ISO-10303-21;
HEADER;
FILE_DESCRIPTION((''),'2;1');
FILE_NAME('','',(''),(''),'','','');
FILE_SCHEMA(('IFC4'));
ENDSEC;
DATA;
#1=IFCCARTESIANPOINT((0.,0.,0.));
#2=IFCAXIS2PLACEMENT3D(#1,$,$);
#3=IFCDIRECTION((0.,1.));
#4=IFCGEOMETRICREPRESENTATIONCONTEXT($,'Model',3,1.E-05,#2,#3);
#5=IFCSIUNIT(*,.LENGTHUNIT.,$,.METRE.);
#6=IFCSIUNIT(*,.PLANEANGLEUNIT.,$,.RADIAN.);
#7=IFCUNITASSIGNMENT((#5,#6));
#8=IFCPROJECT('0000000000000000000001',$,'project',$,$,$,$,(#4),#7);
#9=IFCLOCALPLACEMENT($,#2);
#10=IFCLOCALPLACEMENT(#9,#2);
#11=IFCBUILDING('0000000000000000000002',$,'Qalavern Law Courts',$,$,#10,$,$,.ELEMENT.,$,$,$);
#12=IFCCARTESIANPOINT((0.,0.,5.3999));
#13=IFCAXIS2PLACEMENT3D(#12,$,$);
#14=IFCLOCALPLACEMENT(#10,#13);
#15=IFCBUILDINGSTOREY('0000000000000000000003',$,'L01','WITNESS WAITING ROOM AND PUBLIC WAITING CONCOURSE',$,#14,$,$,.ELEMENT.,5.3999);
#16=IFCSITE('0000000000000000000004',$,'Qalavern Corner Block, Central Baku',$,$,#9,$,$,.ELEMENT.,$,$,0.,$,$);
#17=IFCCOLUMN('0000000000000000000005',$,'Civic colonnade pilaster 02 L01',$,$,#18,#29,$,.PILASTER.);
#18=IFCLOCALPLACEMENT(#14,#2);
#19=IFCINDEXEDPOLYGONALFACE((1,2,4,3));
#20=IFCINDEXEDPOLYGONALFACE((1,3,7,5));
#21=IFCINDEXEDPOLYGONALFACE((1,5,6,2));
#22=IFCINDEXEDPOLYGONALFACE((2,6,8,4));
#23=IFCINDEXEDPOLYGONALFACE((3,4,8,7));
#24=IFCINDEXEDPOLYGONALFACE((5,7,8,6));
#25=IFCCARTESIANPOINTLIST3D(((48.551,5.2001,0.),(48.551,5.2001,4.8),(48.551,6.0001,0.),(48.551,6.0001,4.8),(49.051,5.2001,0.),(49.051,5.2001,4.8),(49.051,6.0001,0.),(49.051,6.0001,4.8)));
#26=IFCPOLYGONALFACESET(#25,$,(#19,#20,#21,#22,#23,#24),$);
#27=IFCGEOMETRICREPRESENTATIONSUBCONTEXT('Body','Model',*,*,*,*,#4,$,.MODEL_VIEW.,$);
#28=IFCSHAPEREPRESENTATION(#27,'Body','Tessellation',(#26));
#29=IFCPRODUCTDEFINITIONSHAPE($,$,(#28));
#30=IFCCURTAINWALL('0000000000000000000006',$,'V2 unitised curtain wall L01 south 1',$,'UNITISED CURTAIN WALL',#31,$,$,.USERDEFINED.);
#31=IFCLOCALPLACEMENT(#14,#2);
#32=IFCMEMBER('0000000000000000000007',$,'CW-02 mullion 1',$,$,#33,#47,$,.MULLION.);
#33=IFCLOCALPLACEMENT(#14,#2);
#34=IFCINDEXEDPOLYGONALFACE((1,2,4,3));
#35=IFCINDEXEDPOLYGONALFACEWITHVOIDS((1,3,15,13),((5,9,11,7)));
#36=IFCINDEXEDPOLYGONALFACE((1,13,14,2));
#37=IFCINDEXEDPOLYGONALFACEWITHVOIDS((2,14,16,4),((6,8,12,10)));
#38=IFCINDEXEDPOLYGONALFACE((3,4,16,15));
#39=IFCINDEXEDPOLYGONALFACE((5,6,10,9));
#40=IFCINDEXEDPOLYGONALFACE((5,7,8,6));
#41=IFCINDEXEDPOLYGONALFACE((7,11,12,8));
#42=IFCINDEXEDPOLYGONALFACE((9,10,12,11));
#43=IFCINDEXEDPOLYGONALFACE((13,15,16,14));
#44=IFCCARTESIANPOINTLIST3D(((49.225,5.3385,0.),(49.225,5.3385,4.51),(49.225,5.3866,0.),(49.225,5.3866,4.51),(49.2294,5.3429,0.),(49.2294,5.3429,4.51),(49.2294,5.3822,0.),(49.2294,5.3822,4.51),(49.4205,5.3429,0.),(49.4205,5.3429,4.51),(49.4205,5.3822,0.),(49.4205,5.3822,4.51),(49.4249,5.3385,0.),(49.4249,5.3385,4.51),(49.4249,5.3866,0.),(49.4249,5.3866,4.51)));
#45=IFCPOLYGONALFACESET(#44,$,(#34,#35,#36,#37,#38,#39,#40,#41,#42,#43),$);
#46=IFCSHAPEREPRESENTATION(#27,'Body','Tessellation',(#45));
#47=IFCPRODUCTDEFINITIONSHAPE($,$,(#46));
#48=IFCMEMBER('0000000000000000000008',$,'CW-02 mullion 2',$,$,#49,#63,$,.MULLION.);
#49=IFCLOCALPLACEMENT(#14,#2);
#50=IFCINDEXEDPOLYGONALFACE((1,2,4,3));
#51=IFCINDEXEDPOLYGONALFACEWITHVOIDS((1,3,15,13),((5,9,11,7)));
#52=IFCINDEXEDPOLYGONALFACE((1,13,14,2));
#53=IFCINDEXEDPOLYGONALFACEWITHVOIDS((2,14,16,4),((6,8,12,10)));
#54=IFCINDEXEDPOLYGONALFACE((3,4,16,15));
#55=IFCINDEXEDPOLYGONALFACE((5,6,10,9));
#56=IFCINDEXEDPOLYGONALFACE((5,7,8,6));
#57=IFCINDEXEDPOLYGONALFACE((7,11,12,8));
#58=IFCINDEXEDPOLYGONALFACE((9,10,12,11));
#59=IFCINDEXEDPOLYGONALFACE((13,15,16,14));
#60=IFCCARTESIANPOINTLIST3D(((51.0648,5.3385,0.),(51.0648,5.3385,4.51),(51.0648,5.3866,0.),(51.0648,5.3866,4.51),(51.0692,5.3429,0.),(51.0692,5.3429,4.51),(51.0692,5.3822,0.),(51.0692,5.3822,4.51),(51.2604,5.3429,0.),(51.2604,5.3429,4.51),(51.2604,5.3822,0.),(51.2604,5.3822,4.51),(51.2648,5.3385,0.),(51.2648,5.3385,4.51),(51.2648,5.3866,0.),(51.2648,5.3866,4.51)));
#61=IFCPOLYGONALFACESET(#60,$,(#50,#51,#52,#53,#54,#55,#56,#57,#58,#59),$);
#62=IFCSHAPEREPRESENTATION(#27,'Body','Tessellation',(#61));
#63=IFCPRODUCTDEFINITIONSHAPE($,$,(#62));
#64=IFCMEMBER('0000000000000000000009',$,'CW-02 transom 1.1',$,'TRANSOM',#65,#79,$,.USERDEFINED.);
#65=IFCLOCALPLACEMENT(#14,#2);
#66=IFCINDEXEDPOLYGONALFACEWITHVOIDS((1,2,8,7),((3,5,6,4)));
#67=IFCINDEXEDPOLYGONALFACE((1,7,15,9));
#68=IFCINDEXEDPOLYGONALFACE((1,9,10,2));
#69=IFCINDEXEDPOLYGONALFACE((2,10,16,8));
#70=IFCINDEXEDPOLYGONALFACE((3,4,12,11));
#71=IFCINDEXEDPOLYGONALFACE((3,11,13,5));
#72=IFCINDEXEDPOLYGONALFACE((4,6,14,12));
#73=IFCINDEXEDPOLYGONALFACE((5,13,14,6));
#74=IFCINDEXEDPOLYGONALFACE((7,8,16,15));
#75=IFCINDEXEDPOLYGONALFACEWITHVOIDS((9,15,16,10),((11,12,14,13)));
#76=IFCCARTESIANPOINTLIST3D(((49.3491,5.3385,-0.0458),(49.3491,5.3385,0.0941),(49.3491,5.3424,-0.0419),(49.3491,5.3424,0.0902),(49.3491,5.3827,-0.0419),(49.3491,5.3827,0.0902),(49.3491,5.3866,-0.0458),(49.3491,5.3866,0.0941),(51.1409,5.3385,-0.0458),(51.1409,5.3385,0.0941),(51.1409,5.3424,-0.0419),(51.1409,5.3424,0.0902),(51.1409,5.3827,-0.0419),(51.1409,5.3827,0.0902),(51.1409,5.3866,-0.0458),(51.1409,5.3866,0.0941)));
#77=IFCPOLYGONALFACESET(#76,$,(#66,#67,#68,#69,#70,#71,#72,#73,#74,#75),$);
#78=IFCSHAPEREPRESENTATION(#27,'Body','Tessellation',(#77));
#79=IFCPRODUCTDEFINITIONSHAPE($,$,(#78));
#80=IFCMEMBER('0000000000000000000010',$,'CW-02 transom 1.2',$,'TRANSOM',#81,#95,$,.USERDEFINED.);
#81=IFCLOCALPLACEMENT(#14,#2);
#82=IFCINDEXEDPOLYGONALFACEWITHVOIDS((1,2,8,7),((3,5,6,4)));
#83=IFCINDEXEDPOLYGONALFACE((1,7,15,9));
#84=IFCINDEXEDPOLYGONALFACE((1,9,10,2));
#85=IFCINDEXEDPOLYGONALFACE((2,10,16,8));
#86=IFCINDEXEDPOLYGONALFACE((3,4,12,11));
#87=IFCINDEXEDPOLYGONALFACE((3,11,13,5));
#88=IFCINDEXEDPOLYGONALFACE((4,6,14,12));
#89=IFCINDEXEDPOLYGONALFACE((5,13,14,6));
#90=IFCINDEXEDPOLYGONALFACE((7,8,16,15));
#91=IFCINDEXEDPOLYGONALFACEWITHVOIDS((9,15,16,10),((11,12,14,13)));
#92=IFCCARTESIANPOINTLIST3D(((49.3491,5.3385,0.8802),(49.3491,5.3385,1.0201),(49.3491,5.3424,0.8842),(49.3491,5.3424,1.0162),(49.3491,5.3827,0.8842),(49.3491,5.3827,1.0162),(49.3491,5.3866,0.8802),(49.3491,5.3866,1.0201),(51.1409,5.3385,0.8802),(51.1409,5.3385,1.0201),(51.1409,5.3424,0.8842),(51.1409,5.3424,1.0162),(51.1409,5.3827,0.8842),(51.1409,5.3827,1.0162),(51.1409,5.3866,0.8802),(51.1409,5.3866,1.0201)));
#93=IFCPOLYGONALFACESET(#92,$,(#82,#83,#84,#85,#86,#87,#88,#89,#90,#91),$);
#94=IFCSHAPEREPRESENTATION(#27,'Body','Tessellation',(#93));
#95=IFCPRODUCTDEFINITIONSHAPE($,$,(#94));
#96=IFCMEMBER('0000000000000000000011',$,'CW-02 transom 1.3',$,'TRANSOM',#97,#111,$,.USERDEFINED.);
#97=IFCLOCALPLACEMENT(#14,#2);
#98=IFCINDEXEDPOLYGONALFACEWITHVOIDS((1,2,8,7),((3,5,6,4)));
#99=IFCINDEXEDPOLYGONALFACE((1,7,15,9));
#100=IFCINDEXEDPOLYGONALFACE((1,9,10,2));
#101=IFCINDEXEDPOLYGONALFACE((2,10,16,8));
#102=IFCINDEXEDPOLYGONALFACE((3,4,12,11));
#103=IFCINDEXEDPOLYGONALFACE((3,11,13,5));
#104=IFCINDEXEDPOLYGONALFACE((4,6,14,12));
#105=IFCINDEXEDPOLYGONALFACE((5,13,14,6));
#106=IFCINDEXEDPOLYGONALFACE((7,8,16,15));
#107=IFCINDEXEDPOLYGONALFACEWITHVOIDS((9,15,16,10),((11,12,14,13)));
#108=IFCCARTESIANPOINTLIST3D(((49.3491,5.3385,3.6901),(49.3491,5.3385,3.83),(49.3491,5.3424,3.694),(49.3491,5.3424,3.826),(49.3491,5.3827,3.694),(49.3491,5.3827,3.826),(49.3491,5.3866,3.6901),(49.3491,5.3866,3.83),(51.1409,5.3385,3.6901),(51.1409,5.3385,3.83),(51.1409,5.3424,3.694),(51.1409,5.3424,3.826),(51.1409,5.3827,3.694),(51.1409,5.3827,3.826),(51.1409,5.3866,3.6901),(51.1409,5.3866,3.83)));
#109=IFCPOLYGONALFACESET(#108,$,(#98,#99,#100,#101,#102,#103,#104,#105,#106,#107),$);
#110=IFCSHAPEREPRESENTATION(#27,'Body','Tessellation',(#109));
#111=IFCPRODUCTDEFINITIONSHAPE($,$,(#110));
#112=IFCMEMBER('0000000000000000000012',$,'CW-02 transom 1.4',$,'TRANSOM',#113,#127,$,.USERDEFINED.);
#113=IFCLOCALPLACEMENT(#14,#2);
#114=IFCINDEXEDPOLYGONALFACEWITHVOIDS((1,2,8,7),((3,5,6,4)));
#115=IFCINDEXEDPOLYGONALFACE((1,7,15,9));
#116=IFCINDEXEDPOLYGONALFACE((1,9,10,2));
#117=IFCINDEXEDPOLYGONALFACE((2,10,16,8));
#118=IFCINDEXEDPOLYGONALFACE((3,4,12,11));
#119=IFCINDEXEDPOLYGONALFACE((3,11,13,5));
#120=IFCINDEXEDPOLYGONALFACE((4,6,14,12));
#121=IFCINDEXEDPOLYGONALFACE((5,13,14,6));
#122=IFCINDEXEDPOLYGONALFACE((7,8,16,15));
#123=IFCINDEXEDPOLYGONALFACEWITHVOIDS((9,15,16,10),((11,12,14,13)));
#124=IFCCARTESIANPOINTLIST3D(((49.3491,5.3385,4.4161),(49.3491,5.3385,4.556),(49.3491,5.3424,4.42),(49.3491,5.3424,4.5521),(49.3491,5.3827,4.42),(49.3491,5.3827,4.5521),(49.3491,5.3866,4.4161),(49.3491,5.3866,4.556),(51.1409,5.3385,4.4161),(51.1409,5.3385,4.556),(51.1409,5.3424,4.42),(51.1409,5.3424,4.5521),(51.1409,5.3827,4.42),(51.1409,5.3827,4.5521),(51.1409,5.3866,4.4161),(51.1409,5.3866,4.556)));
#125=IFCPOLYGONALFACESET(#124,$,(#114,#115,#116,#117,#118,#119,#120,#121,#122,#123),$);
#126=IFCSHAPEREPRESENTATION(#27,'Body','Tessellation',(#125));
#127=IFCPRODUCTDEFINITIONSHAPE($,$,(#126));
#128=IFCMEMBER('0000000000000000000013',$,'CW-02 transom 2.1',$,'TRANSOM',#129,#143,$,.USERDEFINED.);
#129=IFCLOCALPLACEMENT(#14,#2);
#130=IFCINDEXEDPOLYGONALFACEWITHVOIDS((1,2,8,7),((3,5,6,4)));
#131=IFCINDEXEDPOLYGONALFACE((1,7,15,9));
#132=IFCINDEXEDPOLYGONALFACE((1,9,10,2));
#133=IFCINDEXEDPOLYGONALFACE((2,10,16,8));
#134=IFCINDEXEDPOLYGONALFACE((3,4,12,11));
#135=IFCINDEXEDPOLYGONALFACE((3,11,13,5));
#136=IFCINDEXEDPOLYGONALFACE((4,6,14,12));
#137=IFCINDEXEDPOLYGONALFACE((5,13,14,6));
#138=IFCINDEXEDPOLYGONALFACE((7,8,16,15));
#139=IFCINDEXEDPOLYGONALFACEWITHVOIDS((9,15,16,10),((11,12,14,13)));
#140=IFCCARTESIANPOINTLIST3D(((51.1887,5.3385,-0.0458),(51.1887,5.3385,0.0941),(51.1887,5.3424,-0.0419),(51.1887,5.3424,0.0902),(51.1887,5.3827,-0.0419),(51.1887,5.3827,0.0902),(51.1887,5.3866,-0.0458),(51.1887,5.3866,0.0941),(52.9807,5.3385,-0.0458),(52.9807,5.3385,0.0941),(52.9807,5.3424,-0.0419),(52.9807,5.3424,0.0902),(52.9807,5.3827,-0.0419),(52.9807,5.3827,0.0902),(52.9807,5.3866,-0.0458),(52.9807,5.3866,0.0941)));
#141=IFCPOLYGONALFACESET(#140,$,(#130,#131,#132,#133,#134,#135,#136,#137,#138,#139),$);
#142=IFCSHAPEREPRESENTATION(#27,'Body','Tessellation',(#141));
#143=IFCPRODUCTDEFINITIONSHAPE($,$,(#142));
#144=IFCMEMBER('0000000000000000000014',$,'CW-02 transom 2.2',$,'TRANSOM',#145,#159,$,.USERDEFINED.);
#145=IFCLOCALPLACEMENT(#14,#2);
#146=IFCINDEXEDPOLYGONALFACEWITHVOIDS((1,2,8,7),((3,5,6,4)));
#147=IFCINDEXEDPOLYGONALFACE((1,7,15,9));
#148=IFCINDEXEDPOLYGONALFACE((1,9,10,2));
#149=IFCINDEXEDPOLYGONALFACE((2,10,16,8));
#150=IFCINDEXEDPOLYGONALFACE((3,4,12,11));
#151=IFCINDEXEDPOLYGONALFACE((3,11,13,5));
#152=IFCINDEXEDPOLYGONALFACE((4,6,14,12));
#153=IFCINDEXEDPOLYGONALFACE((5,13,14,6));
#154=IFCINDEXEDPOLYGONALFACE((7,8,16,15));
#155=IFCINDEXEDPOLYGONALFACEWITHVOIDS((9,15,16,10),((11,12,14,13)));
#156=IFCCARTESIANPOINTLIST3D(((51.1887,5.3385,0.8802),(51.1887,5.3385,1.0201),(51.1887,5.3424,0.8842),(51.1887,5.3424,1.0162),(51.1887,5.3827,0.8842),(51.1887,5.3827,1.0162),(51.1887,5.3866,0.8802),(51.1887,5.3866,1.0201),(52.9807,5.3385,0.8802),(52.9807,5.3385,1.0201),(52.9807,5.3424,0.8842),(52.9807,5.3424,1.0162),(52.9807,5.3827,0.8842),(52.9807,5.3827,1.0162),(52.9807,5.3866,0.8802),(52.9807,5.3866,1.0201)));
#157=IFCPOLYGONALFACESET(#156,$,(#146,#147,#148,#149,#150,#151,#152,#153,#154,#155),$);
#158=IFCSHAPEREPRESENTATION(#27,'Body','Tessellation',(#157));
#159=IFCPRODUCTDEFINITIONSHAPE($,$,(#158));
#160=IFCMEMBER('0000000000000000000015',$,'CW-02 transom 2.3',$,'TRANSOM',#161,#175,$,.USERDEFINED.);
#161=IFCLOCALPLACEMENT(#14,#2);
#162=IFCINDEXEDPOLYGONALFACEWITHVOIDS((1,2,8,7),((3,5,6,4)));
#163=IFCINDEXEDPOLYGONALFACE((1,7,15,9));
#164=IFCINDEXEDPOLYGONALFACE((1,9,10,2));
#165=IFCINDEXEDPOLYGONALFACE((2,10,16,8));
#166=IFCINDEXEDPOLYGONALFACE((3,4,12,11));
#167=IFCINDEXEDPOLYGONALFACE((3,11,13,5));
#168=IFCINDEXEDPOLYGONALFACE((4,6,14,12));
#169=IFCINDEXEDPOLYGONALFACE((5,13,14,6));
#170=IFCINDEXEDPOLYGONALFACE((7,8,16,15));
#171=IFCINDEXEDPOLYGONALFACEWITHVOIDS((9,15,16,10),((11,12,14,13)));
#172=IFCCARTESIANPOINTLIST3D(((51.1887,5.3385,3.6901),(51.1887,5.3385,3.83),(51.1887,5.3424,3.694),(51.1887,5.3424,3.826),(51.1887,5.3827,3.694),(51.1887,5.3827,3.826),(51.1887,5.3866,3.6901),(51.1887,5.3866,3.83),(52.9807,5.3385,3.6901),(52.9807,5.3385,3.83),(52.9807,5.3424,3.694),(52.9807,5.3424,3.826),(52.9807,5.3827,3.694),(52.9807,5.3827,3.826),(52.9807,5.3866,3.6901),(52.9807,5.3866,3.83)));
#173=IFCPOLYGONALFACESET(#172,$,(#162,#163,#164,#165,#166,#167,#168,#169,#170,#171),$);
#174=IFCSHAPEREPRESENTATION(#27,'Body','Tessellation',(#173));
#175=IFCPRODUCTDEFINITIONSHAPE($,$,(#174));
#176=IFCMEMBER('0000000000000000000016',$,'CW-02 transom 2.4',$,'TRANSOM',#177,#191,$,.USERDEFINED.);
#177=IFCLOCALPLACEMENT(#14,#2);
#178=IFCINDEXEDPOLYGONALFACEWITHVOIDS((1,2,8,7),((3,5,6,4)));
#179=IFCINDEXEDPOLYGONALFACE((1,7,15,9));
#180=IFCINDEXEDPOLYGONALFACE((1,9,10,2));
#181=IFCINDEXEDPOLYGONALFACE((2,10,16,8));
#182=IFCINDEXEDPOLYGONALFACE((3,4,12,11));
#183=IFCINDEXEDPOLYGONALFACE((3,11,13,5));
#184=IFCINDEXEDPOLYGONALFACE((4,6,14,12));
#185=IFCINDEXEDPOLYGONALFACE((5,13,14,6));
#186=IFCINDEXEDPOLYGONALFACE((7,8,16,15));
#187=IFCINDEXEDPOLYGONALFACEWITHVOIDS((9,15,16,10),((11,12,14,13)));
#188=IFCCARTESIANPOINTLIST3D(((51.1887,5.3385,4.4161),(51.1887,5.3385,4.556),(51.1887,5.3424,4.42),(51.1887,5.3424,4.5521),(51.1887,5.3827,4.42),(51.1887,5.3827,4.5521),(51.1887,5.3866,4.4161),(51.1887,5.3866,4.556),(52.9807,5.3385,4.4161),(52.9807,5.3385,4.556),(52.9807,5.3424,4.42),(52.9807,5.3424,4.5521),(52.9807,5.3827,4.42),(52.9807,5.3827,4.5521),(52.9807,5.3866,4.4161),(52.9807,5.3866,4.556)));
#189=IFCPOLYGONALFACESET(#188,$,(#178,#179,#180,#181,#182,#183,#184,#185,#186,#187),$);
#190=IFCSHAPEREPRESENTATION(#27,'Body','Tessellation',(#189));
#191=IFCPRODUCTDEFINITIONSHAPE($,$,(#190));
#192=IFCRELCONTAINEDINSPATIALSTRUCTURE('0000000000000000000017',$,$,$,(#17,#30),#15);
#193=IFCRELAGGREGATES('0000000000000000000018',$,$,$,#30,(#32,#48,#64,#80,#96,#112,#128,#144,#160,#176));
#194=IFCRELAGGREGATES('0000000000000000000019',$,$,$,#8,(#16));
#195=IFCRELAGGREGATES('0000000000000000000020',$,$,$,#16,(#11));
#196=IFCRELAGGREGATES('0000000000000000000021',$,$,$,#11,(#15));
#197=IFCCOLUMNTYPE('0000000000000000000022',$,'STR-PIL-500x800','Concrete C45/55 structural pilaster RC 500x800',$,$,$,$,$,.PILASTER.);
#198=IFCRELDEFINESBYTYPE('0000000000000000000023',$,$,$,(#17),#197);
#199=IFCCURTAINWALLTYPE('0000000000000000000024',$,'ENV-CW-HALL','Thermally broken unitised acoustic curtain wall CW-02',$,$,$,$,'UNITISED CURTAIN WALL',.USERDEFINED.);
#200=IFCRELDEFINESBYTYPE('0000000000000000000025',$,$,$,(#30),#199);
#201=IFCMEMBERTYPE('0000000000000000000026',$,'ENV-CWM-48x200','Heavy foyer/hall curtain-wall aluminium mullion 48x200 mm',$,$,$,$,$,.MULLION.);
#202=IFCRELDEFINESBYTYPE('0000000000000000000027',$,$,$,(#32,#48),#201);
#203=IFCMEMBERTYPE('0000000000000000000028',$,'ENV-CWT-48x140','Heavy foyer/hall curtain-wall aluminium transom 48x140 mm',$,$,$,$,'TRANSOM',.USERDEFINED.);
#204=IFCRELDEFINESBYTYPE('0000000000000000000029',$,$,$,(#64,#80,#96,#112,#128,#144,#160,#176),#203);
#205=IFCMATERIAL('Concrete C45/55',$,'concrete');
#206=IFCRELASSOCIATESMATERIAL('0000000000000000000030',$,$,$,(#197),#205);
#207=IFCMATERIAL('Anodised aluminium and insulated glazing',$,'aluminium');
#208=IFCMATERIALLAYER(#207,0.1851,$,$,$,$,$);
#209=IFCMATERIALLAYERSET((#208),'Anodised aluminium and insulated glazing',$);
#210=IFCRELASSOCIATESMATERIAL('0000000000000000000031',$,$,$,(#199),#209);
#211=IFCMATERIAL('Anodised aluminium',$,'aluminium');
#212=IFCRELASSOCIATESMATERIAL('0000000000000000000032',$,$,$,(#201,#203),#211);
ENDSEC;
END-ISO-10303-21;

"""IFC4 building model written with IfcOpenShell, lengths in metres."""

from ifc_helpers import new_model, si_unit, direction, frame, origin, origin_2d, place, context, subcontext, project, spatial, rectangle, hollow_rectangle, extrude, material, layer, layer_set, material_profile, profile_set, type_object, element, aggregate, save


model = new_model("IFC4")

# Units and contexts
model_context = context("Model", 3, precision=1e-05, world=origin(), true_north=direction((0.0, 1.0)))
body_context = subcontext(model_context, "Body", "Model", "MODEL_VIEW")
ifc_project = project(units=[si_unit("LENGTHUNIT", "METRE"), si_unit("PLANEANGLEUNIT", "RADIAN")], contexts=[model_context])

# Site, building, storey
site_placement = place(None, origin())
site = spatial("IfcSite", under=ifc_project, at=site_placement, Name="Qalavern Corner Block, Central Baku", CompositionType="ELEMENT", RefElevation=0.0)
building_placement = place(site_placement, origin())
building = spatial("IfcBuilding", under=site, at=building_placement, Name="Qalavern Law Courts", CompositionType="ELEMENT")
storey_placement = place(building_placement, frame((0.0, 0.0, 5.3999)))
storey = spatial("IfcBuildingStorey", under=building, at=storey_placement, Name="L01", Description="WITNESS WAITING ROOM AND PUBLIC WAITING CONCOURSE", CompositionType="ELEMENT", Elevation=5.3999)

# Column
ifc_material_1 = material(Name="Concrete C45/55", Category="concrete")
ifc_material_profile_1 = material_profile(ifc_material_1, rectangle(XDim=0.5, YDim=0.8, at=origin_2d()), Name="RC 500x800")
ifc_profile_set_1 = profile_set([ifc_material_profile_1], Name="Concrete C45/55")
column_type = type_object("IfcColumnType", Name="STR-PIL-500x800", Description="Concrete C45/55 structural pilaster RC 500x800", PredefinedType="PILASTER", material=ifc_profile_set_1)
column_placement = place(storey_placement, frame((48.801, 5.6001, 0.0), z_axis=(0.0, 0.0, 1.0), x_axis=(1.0, 0.0, 0.0)))
element("IfcColumn", 1, at=column_placement, inside=storey, type_object=column_type, Name="Civic colonnade pilaster 02 L01", PredefinedType="PILASTER", context=body_context, shape_type="SweptSolid", body=[
    extrude(rectangle(XDim=0.5, YDim=0.8, at=origin_2d()), origin(), (0.0, 0.0, 1.0), 4.8),
])

# Curtain wall, members
ifc_material_2 = material(Name="Anodised aluminium and insulated glazing", Category="aluminium")
ifc_layer_1 = layer(ifc_material_2, 0.1851)
ifc_layer_set_1 = layer_set([ifc_layer_1], Name="Anodised aluminium and insulated glazing")
curtain_wall_type = type_object("IfcCurtainWallType", Name="ENV-CW-HALL", Description="Thermally broken unitised acoustic curtain wall CW-02", ElementType="UNITISED CURTAIN WALL", PredefinedType="USERDEFINED", material=ifc_layer_set_1)
curtain_wall_placement = place(storey_placement, origin())
curtain_wall = element("IfcCurtainWall", 2, at=curtain_wall_placement, inside=storey, type_object=curtain_wall_type, Name="V2 unitised curtain wall L01 south 1", ObjectType="UNITISED CURTAIN WALL", PredefinedType="USERDEFINED")
ifc_material_3 = material(Name="Anodised aluminium", Category="aluminium")
ifc_material_profile_2 = material_profile(ifc_material_3, hollow_rectangle(XDim=0.0481, YDim=0.2, WallThickness=0.0044, at=origin_2d()), Name="ALU MULLION 48x200")
ifc_profile_set_2 = profile_set([ifc_material_profile_2], Name="Anodised aluminium")
member_type_1 = type_object("IfcMemberType", Name="ENV-CWM-48x200", Description="Heavy foyer/hall curtain-wall aluminium mullion 48x200 mm", PredefinedType="MULLION", material=ifc_profile_set_2)
member_1_placement = place(storey_placement, frame((49.325, 5.3625, 0.0), z_axis=(0.0, 0.0, 1.0), x_axis=(0.0, 1.0, 0.0)))
member_1 = element("IfcMember", 3, at=member_1_placement, type_object=member_type_1, Name="CW-02 mullion 1", PredefinedType="MULLION", context=body_context, shape_type="SweptSolid", body=[
    extrude(hollow_rectangle(XDim=0.0481, YDim=0.2, WallThickness=0.0044, at=origin_2d()), origin(), (0.0, 0.0, 1.0), 4.51),
])
member_2_placement = place(storey_placement, frame((51.1648, 5.3625, 0.0), z_axis=(0.0, 0.0, 1.0), x_axis=(0.0, 1.0, 0.0)))
member_2 = element("IfcMember", 4, at=member_2_placement, type_object=member_type_1, Name="CW-02 mullion 2", PredefinedType="MULLION", context=body_context, shape_type="SweptSolid", body=[
    extrude(hollow_rectangle(XDim=0.0481, YDim=0.2, WallThickness=0.0044, at=origin_2d()), origin(), (0.0, 0.0, 1.0), 4.51),
])
ifc_material_profile_3 = material_profile(ifc_material_3, hollow_rectangle(XDim=0.0481, YDim=0.1399, WallThickness=0.0039, at=origin_2d()), Name="ALU TRANSOM 48x140")
ifc_profile_set_3 = profile_set([ifc_material_profile_3], Name="Anodised aluminium")
member_type_2 = type_object("IfcMemberType", Name="ENV-CWT-48x140", Description="Heavy foyer/hall curtain-wall aluminium transom 48x140 mm", ElementType="TRANSOM", PredefinedType="USERDEFINED", material=ifc_profile_set_3)
member_3_placement = place(storey_placement, frame((49.3491, 5.3625, 0.0242), z_axis=(1.0, 0.0, 0.0), x_axis=(0.0, 1.0, 0.0)))
member_3 = element("IfcMember", 5, at=member_3_placement, type_object=member_type_2, Name="CW-02 transom 1.1", ObjectType="TRANSOM", PredefinedType="USERDEFINED", context=body_context, shape_type="SweptSolid", body=[
    extrude(hollow_rectangle(XDim=0.0481, YDim=0.1399, WallThickness=0.0039, at=origin_2d()), origin(), (0.0, 0.0, 1.0), 1.7917),
])
member_4_placement = place(storey_placement, frame((49.3491, 5.3625, 0.9502), z_axis=(1.0, 0.0, 0.0), x_axis=(0.0, 1.0, 0.0)))
member_4 = element("IfcMember", 6, at=member_4_placement, type_object=member_type_2, Name="CW-02 transom 1.2", ObjectType="TRANSOM", PredefinedType="USERDEFINED", context=body_context, shape_type="SweptSolid", body=[
    extrude(hollow_rectangle(XDim=0.0481, YDim=0.1399, WallThickness=0.0039, at=origin_2d()), origin(), (0.0, 0.0, 1.0), 1.7917),
])
member_5_placement = place(storey_placement, frame((49.3491, 5.3625, 3.76), z_axis=(1.0, 0.0, 0.0), x_axis=(0.0, 1.0, 0.0)))
member_5 = element("IfcMember", 7, at=member_5_placement, type_object=member_type_2, Name="CW-02 transom 1.3", ObjectType="TRANSOM", PredefinedType="USERDEFINED", context=body_context, shape_type="SweptSolid", body=[
    extrude(hollow_rectangle(XDim=0.0481, YDim=0.1399, WallThickness=0.0039, at=origin_2d()), origin(), (0.0, 0.0, 1.0), 1.7917),
])
member_6_placement = place(storey_placement, frame((49.3491, 5.3625, 4.4861), z_axis=(1.0, 0.0, 0.0), x_axis=(0.0, 1.0, 0.0)))
member_6 = element("IfcMember", 8, at=member_6_placement, type_object=member_type_2, Name="CW-02 transom 1.4", ObjectType="TRANSOM", PredefinedType="USERDEFINED", context=body_context, shape_type="SweptSolid", body=[
    extrude(hollow_rectangle(XDim=0.0481, YDim=0.1399, WallThickness=0.0039, at=origin_2d()), origin(), (0.0, 0.0, 1.0), 1.7917),
])
member_7_placement = place(storey_placement, frame((51.1887, 5.3625, 0.0242), z_axis=(1.0, 0.0, 0.0), x_axis=(0.0, 1.0, 0.0)))
member_7 = element("IfcMember", 9, at=member_7_placement, type_object=member_type_2, Name="CW-02 transom 2.1", ObjectType="TRANSOM", PredefinedType="USERDEFINED", context=body_context, shape_type="SweptSolid", body=[
    extrude(hollow_rectangle(XDim=0.0481, YDim=0.1399, WallThickness=0.0039, at=origin_2d()), origin(), (0.0, 0.0, 1.0), 1.792),
])
member_8_placement = place(storey_placement, frame((51.1887, 5.3625, 0.9502), z_axis=(1.0, 0.0, 0.0), x_axis=(0.0, 1.0, 0.0)))
member_8 = element("IfcMember", 10, at=member_8_placement, type_object=member_type_2, Name="CW-02 transom 2.2", ObjectType="TRANSOM", PredefinedType="USERDEFINED", context=body_context, shape_type="SweptSolid", body=[
    extrude(hollow_rectangle(XDim=0.0481, YDim=0.1399, WallThickness=0.0039, at=origin_2d()), origin(), (0.0, 0.0, 1.0), 1.792),
])
member_9_placement = place(storey_placement, frame((51.1887, 5.3625, 3.76), z_axis=(1.0, 0.0, 0.0), x_axis=(0.0, 1.0, 0.0)))
member_9 = element("IfcMember", 11, at=member_9_placement, type_object=member_type_2, Name="CW-02 transom 2.3", ObjectType="TRANSOM", PredefinedType="USERDEFINED", context=body_context, shape_type="SweptSolid", body=[
    extrude(hollow_rectangle(XDim=0.0481, YDim=0.1399, WallThickness=0.0039, at=origin_2d()), origin(), (0.0, 0.0, 1.0), 1.792),
])
member_10_placement = place(storey_placement, frame((51.1887, 5.3625, 4.4861), z_axis=(1.0, 0.0, 0.0), x_axis=(0.0, 1.0, 0.0)))
member_10 = element("IfcMember", 12, at=member_10_placement, type_object=member_type_2, Name="CW-02 transom 2.4", ObjectType="TRANSOM", PredefinedType="USERDEFINED", context=body_context, shape_type="SweptSolid", body=[
    extrude(hollow_rectangle(XDim=0.0481, YDim=0.1399, WallThickness=0.0039, at=origin_2d()), origin(), (0.0, 0.0, 1.0), 1.792),
])
aggregate(curtain_wall, [member_1, member_2, member_3, member_4, member_5, member_6, member_7, member_8, member_9, member_10])

save(model, "model.ifc")
